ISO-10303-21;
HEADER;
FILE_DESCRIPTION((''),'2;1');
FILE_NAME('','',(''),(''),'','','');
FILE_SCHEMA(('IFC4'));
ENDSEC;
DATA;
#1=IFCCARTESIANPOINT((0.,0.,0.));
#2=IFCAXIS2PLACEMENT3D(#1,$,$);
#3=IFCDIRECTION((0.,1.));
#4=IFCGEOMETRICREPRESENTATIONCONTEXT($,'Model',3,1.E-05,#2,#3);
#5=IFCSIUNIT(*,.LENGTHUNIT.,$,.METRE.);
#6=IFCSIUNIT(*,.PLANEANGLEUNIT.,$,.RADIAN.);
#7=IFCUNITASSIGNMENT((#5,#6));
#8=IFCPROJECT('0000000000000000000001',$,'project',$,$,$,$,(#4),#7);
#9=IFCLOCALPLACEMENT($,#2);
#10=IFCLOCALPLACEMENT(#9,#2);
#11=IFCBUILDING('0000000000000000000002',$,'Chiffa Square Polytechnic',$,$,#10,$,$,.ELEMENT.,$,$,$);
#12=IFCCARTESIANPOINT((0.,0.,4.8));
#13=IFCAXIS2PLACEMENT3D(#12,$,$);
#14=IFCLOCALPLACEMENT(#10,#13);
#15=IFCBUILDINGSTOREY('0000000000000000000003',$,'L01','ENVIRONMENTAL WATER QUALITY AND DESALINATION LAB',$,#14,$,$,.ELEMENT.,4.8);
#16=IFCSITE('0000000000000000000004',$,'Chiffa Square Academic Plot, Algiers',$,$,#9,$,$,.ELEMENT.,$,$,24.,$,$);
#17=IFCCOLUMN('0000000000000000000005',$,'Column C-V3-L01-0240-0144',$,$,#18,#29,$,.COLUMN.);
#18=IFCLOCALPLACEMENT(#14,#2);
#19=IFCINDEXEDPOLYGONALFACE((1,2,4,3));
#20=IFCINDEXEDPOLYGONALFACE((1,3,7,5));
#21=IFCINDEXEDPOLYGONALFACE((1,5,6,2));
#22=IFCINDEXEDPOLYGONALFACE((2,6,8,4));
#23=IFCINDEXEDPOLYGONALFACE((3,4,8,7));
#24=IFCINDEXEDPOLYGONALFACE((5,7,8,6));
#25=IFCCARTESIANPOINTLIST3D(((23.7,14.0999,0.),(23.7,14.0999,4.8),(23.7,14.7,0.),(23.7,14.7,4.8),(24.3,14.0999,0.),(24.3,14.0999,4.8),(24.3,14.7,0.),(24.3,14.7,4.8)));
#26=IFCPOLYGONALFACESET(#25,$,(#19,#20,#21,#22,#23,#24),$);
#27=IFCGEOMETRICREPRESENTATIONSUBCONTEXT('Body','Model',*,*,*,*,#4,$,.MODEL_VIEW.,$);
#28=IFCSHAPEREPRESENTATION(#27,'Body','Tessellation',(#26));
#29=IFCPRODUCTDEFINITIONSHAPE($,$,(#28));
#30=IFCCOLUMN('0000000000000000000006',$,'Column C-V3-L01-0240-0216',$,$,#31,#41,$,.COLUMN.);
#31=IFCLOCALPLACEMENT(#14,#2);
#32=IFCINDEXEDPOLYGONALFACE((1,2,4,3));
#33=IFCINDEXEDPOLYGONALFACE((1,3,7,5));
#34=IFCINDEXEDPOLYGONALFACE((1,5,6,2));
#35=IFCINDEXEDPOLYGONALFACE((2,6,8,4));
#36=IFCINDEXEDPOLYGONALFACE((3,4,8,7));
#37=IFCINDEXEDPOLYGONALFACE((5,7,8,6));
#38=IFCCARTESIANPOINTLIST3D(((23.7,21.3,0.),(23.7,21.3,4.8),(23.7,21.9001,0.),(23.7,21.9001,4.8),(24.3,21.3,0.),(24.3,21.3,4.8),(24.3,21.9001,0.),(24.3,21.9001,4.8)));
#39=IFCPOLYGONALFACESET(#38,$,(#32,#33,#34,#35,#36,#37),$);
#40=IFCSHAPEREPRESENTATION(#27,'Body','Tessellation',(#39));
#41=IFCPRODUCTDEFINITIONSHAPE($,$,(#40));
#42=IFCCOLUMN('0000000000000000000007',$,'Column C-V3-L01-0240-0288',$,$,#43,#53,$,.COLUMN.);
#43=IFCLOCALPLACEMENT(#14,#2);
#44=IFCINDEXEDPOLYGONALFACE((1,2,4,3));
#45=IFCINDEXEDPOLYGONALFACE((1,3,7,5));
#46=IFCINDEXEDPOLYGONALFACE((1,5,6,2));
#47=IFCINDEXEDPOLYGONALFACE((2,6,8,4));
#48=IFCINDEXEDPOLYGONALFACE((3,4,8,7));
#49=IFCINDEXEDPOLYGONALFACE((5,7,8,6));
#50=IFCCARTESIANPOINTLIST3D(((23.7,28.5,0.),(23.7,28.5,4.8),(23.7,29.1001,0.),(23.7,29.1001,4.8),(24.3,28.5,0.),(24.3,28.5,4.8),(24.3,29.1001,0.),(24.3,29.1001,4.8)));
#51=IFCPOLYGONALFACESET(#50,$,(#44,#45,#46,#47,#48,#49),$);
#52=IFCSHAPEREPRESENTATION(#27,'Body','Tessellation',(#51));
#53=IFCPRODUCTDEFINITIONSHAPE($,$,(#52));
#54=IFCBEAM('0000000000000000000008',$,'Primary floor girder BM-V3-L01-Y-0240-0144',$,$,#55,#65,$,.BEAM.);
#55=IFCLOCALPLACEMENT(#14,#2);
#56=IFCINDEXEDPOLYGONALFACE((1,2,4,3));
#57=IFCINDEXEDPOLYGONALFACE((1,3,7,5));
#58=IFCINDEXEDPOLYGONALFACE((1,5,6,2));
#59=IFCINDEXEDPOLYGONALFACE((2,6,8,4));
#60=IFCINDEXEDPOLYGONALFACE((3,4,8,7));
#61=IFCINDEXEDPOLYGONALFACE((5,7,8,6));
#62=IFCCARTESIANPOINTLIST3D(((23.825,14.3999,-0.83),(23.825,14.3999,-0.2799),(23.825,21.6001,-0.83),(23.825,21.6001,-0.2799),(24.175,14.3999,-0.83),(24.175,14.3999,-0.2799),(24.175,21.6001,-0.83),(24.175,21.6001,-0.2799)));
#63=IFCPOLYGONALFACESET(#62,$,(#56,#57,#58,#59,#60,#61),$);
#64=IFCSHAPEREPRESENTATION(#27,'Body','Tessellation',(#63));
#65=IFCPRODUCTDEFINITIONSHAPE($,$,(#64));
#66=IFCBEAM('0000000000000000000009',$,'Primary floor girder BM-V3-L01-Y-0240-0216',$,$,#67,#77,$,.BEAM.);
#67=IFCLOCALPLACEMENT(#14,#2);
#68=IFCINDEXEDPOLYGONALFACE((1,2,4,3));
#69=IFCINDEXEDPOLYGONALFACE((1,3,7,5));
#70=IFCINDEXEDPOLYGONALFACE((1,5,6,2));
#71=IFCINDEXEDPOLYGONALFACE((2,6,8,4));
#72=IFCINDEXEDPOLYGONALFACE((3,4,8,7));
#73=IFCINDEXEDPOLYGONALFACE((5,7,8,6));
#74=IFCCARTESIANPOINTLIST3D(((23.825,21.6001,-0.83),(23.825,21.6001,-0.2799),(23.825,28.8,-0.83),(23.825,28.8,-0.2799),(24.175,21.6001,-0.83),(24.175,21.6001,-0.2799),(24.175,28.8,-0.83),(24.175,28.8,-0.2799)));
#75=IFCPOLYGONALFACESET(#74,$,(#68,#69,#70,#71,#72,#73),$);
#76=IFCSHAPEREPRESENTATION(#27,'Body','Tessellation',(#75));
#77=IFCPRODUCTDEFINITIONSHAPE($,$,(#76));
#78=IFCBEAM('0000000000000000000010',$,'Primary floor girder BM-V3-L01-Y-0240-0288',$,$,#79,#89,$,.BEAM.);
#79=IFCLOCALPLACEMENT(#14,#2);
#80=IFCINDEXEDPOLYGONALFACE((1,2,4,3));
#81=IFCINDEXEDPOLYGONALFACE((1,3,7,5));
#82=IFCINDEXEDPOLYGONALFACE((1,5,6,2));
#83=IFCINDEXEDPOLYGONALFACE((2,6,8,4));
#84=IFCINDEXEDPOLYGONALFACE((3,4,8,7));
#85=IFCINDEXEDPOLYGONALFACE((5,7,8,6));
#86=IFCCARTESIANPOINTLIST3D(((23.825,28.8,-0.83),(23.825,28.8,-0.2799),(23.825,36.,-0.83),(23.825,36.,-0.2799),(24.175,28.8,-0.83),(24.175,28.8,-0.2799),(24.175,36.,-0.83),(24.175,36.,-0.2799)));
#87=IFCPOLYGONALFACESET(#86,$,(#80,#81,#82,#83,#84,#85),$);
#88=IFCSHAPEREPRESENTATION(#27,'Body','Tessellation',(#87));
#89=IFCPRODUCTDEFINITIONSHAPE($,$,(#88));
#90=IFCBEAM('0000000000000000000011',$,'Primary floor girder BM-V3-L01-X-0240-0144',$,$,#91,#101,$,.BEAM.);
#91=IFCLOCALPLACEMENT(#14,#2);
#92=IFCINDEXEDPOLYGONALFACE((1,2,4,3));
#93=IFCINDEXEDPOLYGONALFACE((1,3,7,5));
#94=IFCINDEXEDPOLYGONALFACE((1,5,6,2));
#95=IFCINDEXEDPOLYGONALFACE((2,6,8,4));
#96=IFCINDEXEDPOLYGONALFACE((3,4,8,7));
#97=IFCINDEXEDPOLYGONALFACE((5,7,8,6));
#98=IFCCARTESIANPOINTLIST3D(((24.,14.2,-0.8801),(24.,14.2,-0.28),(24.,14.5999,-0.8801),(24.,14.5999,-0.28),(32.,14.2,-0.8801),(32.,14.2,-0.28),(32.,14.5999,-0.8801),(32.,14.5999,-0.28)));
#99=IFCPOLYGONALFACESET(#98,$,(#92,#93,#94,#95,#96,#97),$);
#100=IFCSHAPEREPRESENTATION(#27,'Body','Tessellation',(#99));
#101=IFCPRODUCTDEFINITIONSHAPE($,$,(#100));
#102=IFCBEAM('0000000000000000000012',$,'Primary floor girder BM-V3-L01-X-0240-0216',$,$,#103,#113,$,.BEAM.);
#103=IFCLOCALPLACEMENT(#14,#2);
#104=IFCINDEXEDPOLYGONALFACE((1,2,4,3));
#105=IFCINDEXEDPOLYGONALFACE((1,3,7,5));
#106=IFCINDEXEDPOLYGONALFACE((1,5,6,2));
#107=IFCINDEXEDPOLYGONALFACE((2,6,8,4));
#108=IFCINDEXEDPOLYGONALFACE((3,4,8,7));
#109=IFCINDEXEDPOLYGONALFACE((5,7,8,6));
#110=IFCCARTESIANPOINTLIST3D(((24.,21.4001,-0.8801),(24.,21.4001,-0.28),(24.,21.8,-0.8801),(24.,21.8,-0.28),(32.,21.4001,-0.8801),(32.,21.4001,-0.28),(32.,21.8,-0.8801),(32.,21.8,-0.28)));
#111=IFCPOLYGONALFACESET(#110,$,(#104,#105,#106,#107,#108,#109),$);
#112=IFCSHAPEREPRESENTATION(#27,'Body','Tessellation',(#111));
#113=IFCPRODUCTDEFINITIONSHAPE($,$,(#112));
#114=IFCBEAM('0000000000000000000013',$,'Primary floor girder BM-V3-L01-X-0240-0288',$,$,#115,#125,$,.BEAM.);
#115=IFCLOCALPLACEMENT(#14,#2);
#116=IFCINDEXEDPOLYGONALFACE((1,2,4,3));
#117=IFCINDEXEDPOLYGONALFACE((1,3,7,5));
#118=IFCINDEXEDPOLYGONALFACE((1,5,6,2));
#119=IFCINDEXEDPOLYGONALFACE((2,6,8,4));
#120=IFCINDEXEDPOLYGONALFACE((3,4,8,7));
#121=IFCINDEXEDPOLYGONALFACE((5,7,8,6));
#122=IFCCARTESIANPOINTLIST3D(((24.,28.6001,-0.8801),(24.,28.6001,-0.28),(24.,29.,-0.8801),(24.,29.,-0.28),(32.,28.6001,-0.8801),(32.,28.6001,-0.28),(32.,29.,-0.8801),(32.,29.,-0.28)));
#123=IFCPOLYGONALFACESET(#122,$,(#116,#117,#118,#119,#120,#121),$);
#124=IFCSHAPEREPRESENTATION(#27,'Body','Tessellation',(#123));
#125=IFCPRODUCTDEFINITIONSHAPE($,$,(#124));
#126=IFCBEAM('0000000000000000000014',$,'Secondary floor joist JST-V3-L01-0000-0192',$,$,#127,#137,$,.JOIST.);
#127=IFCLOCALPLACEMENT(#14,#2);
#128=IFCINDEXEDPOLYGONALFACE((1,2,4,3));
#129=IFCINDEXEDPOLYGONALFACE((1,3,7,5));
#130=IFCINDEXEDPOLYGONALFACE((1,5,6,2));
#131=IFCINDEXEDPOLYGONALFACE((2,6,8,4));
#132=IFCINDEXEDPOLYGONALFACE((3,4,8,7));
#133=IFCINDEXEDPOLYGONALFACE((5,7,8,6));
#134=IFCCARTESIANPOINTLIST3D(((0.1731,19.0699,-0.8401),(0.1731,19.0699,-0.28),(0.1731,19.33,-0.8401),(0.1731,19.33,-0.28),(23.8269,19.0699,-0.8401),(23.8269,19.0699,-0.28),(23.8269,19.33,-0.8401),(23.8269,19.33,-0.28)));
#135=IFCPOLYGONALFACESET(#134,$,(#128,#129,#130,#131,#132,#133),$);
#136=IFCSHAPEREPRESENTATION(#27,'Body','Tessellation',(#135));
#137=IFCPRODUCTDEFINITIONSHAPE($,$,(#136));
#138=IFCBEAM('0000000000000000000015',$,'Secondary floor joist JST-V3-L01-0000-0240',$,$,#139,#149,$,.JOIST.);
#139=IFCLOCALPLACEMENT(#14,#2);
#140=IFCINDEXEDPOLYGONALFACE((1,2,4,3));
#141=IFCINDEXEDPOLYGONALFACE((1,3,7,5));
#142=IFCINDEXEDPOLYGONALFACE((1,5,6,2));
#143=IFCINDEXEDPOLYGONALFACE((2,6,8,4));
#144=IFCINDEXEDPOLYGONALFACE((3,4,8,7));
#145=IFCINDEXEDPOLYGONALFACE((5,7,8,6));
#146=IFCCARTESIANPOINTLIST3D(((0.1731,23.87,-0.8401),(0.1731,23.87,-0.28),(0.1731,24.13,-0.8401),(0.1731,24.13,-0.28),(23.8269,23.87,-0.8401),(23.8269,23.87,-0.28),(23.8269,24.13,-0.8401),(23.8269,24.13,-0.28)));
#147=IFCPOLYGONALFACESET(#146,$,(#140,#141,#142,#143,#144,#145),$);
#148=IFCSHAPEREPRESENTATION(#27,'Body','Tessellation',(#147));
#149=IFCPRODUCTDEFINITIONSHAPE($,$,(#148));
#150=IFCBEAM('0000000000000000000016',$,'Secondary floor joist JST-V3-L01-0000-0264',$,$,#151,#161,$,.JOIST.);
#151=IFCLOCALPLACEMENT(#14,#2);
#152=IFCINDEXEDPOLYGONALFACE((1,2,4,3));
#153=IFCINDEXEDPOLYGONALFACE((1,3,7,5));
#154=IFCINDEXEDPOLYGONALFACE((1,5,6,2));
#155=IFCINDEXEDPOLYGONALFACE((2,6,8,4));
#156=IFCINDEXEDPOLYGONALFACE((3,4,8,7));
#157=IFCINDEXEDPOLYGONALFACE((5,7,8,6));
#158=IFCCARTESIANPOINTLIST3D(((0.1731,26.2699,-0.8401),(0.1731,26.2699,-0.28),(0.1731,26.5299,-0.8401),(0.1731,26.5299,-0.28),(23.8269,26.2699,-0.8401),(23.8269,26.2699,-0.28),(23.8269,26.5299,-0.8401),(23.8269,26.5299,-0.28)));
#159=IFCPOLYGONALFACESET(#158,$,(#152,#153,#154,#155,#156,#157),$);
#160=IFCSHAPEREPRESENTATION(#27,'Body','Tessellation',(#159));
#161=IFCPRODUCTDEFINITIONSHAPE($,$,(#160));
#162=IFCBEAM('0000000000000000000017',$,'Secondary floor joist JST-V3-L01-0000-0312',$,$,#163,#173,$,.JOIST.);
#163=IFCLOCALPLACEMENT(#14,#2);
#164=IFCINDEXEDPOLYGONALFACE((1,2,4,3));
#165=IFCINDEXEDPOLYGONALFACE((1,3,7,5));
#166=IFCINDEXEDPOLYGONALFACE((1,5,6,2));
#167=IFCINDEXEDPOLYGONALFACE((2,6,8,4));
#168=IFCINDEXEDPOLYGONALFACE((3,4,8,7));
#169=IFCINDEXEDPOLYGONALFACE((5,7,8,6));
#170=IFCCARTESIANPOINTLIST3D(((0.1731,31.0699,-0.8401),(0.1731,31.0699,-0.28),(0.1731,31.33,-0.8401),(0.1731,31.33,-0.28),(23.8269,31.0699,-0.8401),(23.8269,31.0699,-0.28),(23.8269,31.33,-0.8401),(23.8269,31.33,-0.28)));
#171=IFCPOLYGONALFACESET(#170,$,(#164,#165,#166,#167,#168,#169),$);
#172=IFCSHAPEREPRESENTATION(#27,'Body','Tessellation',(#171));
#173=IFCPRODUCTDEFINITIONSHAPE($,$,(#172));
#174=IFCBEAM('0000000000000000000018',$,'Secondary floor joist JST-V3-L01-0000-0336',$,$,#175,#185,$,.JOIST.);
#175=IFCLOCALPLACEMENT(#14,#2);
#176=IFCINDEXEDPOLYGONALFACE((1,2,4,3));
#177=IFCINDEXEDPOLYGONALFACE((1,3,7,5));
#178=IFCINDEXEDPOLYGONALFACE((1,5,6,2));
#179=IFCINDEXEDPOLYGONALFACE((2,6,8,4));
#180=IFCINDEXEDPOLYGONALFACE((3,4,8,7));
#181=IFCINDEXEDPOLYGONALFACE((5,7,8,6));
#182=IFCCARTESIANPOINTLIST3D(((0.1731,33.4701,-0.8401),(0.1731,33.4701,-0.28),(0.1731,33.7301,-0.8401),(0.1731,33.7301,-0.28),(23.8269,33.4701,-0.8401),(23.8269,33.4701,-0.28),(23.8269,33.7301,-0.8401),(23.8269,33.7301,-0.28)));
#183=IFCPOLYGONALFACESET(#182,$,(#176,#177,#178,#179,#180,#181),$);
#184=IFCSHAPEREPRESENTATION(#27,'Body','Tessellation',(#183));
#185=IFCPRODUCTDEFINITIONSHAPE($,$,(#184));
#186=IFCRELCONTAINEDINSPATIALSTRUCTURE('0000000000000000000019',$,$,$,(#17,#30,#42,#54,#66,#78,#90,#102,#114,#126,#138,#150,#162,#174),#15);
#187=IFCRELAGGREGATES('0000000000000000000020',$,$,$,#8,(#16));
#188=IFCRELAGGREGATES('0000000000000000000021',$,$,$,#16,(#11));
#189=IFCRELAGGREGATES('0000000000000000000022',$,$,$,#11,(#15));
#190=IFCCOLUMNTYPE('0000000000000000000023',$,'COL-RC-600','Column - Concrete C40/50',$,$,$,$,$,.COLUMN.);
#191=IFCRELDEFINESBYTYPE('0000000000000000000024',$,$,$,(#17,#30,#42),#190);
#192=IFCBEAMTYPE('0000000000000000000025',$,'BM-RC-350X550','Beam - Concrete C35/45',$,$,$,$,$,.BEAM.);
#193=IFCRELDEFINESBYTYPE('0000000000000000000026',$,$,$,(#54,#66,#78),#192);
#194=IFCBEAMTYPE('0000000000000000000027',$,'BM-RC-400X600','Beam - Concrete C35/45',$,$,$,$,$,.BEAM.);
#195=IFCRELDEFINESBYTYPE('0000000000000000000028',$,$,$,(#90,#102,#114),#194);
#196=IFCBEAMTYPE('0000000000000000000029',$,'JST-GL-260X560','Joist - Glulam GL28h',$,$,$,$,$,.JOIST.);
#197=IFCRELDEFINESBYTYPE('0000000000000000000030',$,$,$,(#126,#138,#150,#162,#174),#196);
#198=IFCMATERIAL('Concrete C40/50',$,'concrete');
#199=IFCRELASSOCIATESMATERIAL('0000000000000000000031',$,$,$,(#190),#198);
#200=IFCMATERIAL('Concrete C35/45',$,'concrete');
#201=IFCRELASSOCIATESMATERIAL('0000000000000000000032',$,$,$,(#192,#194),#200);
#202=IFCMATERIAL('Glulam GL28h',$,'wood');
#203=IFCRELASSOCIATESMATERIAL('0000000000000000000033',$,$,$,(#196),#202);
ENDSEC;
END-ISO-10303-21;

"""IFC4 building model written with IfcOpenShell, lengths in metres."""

from ifc_helpers import new_model, si_unit, direction, frame, origin, origin_2d, place, context, subcontext, project, spatial, rectangle, extrude, material, material_profile, profile_set, type_object, element, save


model = new_model("IFC4")

# Units and contexts
model_context = context("Model", 3, precision=1e-05, world=origin(), true_north=direction((0.0, 1.0)))
body_context = subcontext(model_context, "Body", "Model", "MODEL_VIEW")
ifc_project = project(units=[si_unit("LENGTHUNIT", "METRE"), si_unit("PLANEANGLEUNIT", "RADIAN")], contexts=[model_context])

# Site, building, storey
site_placement = place(None, origin())
site = spatial("IfcSite", under=ifc_project, at=site_placement, Name="Chiffa Square Academic Plot, Algiers", CompositionType="ELEMENT", RefElevation=24.0)
building_placement = place(site_placement, origin())
building = spatial("IfcBuilding", under=site, at=building_placement, Name="Chiffa Square Polytechnic", CompositionType="ELEMENT")
storey_placement = place(building_placement, frame((0.0, 0.0, 4.8)))
storey = spatial("IfcBuildingStorey", under=building, at=storey_placement, Name="L01", Description="ENVIRONMENTAL WATER QUALITY AND DESALINATION LAB", CompositionType="ELEMENT", Elevation=4.8)

# Columns
ifc_material_1 = material(Name="Concrete C40/50", Category="concrete")
ifc_material_profile_1 = material_profile(ifc_material_1, rectangle(XDim=0.6001, YDim=0.6001, at=origin_2d()), Name="RC 600x600")
ifc_profile_set_1 = profile_set([ifc_material_profile_1], Name="Concrete C40/50")
column_type = type_object("IfcColumnType", Name="COL-RC-600", Description="Column - Concrete C40/50", PredefinedType="COLUMN", material=ifc_profile_set_1)
for number, where, z_axis, x_axis, name in (
    (1, (24.0, 14.3999, 0.0), (0.0, 0.0, 1.0), (1.0, 0.0, 0.0), "Column C-V3-L01-0240-0144"),
    (2, (24.0, 21.6001, 0.0), (0.0, 0.0, 1.0), (1.0, 0.0, 0.0), "Column C-V3-L01-0240-0216"),
    (3, (24.0, 28.8, 0.0), (0.0, 0.0, 1.0), (1.0, 0.0, 0.0), "Column C-V3-L01-0240-0288"),
):
    element("IfcColumn", number, at=place(storey_placement, frame(where, z_axis=z_axis, x_axis=x_axis)), inside=storey, type_object=column_type, Name=name, PredefinedType="COLUMN", context=body_context, shape_type="SweptSolid", body=[
        extrude(rectangle(XDim=0.6001, YDim=0.6001, at=origin_2d()), origin(), (0.0, 0.0, 1.0), 4.8),
    ])

# Beams
ifc_material_2 = material(Name="Concrete C35/45", Category="concrete")
ifc_material_profile_2 = material_profile(ifc_material_2, rectangle(XDim=0.3501, YDim=0.55, at=origin_2d()), Name="RC 350x550")
ifc_profile_set_2 = profile_set([ifc_material_profile_2], Name="Concrete C35/45")
beam_type_1 = type_object("IfcBeamType", Name="BM-RC-350X550", Description="Beam - Concrete C35/45", PredefinedType="BEAM", material=ifc_profile_set_2)
beam_placement = place(storey_placement, frame((24.0, 14.3999, -0.5549), z_axis=(0.0, 1.0, 0.0), x_axis=(-1.0, 0.0, 0.0)))
element("IfcBeam", 4, at=beam_placement, inside=storey, type_object=beam_type_1, Name="Primary floor girder BM-V3-L01-Y-0240-0144", PredefinedType="BEAM", context=body_context, shape_type="SweptSolid", body=[
    extrude(rectangle(XDim=0.3501, YDim=0.55, at=origin_2d()), origin(), (0.0, 0.0, 1.0), 7.2002),
])
for number, where, z_axis, x_axis, name in (
    (5, (24.0, 21.6001, -0.5549), (0.0, 1.0, 0.0), (-1.0, 0.0, 0.0), "Primary floor girder BM-V3-L01-Y-0240-0216"),
    (6, (24.0, 28.8, -0.5549), (0.0, 1.0, 0.0), (-1.0, 0.0, 0.0), "Primary floor girder BM-V3-L01-Y-0240-0288"),
):
    element("IfcBeam", number, at=place(storey_placement, frame(where, z_axis=z_axis, x_axis=x_axis)), inside=storey, type_object=beam_type_1, Name=name, PredefinedType="BEAM", context=body_context, shape_type="SweptSolid", body=[
        extrude(rectangle(XDim=0.3501, YDim=0.55, at=origin_2d()), origin(), (0.0, 0.0, 1.0), 7.2),
    ])
ifc_material_profile_3 = material_profile(ifc_material_2, rectangle(XDim=0.3999, YDim=0.6001, at=origin_2d()), Name="RC 400x600")
ifc_profile_set_3 = profile_set([ifc_material_profile_3], Name="Concrete C35/45")
beam_type_2 = type_object("IfcBeamType", Name="BM-RC-400X600", Description="Beam - Concrete C35/45", PredefinedType="BEAM", material=ifc_profile_set_3)
for number, where, z_axis, x_axis, name in (
    (7, (24.0, 14.3999, -0.5801), (1.0, 0.0, 0.0), (0.0, 1.0, 0.0), "Primary floor girder BM-V3-L01-X-0240-0144"),
    (8, (24.0, 21.6001, -0.5801), (1.0, 0.0, 0.0), (0.0, 1.0, 0.0), "Primary floor girder BM-V3-L01-X-0240-0216"),
    (9, (24.0, 28.8, -0.5801), (1.0, 0.0, 0.0), (0.0, 1.0, 0.0), "Primary floor girder BM-V3-L01-X-0240-0288"),
):
    element("IfcBeam", number, at=place(storey_placement, frame(where, z_axis=z_axis, x_axis=x_axis)), inside=storey, type_object=beam_type_2, Name=name, PredefinedType="BEAM", context=body_context, shape_type="SweptSolid", body=[
        extrude(rectangle(XDim=0.3999, YDim=0.6001, at=origin_2d()), origin(), (0.0, 0.0, 1.0), 8.0),
    ])
ifc_material_3 = material(Name="Glulam GL28h", Category="wood")
ifc_material_profile_4 = material_profile(ifc_material_3, rectangle(XDim=0.26, YDim=0.5601, at=origin_2d()), Name="GL28h 260x560")
ifc_profile_set_4 = profile_set([ifc_material_profile_4], Name="Glulam GL28h")
beam_type_3 = type_object("IfcBeamType", Name="JST-GL-260X560", Description="Joist - Glulam GL28h", PredefinedType="JOIST", material=ifc_profile_set_4)
for number, where, z_axis, x_axis, name in (
    (10, (0.1731, 19.2, -0.5601), (1.0, 0.0, 0.0), (0.0, 1.0, 0.0), "Secondary floor joist JST-V3-L01-0000-0192"),
    (11, (0.1731, 24.0, -0.5601), (1.0, 0.0, 0.0), (0.0, 1.0, 0.0), "Secondary floor joist JST-V3-L01-0000-0240"),
    (12, (0.1731, 26.3999, -0.5601), (1.0, 0.0, 0.0), (0.0, 1.0, 0.0), "Secondary floor joist JST-V3-L01-0000-0264"),
    (13, (0.1731, 31.2, -0.5601), (1.0, 0.0, 0.0), (0.0, 1.0, 0.0), "Secondary floor joist JST-V3-L01-0000-0312"),
    (14, (0.1731, 33.6001, -0.5601), (1.0, 0.0, 0.0), (0.0, 1.0, 0.0), "Secondary floor joist JST-V3-L01-0000-0336"),
):
    element("IfcBeam", number, at=place(storey_placement, frame(where, z_axis=z_axis, x_axis=x_axis)), inside=storey, type_object=beam_type_3, Name=name, PredefinedType="JOIST", context=body_context, shape_type="SweptSolid", body=[
        extrude(rectangle(XDim=0.26, YDim=0.5601, at=origin_2d()), origin(), (0.0, 0.0, 1.0), 23.6538),
    ])

save(model, "model.ifc")
